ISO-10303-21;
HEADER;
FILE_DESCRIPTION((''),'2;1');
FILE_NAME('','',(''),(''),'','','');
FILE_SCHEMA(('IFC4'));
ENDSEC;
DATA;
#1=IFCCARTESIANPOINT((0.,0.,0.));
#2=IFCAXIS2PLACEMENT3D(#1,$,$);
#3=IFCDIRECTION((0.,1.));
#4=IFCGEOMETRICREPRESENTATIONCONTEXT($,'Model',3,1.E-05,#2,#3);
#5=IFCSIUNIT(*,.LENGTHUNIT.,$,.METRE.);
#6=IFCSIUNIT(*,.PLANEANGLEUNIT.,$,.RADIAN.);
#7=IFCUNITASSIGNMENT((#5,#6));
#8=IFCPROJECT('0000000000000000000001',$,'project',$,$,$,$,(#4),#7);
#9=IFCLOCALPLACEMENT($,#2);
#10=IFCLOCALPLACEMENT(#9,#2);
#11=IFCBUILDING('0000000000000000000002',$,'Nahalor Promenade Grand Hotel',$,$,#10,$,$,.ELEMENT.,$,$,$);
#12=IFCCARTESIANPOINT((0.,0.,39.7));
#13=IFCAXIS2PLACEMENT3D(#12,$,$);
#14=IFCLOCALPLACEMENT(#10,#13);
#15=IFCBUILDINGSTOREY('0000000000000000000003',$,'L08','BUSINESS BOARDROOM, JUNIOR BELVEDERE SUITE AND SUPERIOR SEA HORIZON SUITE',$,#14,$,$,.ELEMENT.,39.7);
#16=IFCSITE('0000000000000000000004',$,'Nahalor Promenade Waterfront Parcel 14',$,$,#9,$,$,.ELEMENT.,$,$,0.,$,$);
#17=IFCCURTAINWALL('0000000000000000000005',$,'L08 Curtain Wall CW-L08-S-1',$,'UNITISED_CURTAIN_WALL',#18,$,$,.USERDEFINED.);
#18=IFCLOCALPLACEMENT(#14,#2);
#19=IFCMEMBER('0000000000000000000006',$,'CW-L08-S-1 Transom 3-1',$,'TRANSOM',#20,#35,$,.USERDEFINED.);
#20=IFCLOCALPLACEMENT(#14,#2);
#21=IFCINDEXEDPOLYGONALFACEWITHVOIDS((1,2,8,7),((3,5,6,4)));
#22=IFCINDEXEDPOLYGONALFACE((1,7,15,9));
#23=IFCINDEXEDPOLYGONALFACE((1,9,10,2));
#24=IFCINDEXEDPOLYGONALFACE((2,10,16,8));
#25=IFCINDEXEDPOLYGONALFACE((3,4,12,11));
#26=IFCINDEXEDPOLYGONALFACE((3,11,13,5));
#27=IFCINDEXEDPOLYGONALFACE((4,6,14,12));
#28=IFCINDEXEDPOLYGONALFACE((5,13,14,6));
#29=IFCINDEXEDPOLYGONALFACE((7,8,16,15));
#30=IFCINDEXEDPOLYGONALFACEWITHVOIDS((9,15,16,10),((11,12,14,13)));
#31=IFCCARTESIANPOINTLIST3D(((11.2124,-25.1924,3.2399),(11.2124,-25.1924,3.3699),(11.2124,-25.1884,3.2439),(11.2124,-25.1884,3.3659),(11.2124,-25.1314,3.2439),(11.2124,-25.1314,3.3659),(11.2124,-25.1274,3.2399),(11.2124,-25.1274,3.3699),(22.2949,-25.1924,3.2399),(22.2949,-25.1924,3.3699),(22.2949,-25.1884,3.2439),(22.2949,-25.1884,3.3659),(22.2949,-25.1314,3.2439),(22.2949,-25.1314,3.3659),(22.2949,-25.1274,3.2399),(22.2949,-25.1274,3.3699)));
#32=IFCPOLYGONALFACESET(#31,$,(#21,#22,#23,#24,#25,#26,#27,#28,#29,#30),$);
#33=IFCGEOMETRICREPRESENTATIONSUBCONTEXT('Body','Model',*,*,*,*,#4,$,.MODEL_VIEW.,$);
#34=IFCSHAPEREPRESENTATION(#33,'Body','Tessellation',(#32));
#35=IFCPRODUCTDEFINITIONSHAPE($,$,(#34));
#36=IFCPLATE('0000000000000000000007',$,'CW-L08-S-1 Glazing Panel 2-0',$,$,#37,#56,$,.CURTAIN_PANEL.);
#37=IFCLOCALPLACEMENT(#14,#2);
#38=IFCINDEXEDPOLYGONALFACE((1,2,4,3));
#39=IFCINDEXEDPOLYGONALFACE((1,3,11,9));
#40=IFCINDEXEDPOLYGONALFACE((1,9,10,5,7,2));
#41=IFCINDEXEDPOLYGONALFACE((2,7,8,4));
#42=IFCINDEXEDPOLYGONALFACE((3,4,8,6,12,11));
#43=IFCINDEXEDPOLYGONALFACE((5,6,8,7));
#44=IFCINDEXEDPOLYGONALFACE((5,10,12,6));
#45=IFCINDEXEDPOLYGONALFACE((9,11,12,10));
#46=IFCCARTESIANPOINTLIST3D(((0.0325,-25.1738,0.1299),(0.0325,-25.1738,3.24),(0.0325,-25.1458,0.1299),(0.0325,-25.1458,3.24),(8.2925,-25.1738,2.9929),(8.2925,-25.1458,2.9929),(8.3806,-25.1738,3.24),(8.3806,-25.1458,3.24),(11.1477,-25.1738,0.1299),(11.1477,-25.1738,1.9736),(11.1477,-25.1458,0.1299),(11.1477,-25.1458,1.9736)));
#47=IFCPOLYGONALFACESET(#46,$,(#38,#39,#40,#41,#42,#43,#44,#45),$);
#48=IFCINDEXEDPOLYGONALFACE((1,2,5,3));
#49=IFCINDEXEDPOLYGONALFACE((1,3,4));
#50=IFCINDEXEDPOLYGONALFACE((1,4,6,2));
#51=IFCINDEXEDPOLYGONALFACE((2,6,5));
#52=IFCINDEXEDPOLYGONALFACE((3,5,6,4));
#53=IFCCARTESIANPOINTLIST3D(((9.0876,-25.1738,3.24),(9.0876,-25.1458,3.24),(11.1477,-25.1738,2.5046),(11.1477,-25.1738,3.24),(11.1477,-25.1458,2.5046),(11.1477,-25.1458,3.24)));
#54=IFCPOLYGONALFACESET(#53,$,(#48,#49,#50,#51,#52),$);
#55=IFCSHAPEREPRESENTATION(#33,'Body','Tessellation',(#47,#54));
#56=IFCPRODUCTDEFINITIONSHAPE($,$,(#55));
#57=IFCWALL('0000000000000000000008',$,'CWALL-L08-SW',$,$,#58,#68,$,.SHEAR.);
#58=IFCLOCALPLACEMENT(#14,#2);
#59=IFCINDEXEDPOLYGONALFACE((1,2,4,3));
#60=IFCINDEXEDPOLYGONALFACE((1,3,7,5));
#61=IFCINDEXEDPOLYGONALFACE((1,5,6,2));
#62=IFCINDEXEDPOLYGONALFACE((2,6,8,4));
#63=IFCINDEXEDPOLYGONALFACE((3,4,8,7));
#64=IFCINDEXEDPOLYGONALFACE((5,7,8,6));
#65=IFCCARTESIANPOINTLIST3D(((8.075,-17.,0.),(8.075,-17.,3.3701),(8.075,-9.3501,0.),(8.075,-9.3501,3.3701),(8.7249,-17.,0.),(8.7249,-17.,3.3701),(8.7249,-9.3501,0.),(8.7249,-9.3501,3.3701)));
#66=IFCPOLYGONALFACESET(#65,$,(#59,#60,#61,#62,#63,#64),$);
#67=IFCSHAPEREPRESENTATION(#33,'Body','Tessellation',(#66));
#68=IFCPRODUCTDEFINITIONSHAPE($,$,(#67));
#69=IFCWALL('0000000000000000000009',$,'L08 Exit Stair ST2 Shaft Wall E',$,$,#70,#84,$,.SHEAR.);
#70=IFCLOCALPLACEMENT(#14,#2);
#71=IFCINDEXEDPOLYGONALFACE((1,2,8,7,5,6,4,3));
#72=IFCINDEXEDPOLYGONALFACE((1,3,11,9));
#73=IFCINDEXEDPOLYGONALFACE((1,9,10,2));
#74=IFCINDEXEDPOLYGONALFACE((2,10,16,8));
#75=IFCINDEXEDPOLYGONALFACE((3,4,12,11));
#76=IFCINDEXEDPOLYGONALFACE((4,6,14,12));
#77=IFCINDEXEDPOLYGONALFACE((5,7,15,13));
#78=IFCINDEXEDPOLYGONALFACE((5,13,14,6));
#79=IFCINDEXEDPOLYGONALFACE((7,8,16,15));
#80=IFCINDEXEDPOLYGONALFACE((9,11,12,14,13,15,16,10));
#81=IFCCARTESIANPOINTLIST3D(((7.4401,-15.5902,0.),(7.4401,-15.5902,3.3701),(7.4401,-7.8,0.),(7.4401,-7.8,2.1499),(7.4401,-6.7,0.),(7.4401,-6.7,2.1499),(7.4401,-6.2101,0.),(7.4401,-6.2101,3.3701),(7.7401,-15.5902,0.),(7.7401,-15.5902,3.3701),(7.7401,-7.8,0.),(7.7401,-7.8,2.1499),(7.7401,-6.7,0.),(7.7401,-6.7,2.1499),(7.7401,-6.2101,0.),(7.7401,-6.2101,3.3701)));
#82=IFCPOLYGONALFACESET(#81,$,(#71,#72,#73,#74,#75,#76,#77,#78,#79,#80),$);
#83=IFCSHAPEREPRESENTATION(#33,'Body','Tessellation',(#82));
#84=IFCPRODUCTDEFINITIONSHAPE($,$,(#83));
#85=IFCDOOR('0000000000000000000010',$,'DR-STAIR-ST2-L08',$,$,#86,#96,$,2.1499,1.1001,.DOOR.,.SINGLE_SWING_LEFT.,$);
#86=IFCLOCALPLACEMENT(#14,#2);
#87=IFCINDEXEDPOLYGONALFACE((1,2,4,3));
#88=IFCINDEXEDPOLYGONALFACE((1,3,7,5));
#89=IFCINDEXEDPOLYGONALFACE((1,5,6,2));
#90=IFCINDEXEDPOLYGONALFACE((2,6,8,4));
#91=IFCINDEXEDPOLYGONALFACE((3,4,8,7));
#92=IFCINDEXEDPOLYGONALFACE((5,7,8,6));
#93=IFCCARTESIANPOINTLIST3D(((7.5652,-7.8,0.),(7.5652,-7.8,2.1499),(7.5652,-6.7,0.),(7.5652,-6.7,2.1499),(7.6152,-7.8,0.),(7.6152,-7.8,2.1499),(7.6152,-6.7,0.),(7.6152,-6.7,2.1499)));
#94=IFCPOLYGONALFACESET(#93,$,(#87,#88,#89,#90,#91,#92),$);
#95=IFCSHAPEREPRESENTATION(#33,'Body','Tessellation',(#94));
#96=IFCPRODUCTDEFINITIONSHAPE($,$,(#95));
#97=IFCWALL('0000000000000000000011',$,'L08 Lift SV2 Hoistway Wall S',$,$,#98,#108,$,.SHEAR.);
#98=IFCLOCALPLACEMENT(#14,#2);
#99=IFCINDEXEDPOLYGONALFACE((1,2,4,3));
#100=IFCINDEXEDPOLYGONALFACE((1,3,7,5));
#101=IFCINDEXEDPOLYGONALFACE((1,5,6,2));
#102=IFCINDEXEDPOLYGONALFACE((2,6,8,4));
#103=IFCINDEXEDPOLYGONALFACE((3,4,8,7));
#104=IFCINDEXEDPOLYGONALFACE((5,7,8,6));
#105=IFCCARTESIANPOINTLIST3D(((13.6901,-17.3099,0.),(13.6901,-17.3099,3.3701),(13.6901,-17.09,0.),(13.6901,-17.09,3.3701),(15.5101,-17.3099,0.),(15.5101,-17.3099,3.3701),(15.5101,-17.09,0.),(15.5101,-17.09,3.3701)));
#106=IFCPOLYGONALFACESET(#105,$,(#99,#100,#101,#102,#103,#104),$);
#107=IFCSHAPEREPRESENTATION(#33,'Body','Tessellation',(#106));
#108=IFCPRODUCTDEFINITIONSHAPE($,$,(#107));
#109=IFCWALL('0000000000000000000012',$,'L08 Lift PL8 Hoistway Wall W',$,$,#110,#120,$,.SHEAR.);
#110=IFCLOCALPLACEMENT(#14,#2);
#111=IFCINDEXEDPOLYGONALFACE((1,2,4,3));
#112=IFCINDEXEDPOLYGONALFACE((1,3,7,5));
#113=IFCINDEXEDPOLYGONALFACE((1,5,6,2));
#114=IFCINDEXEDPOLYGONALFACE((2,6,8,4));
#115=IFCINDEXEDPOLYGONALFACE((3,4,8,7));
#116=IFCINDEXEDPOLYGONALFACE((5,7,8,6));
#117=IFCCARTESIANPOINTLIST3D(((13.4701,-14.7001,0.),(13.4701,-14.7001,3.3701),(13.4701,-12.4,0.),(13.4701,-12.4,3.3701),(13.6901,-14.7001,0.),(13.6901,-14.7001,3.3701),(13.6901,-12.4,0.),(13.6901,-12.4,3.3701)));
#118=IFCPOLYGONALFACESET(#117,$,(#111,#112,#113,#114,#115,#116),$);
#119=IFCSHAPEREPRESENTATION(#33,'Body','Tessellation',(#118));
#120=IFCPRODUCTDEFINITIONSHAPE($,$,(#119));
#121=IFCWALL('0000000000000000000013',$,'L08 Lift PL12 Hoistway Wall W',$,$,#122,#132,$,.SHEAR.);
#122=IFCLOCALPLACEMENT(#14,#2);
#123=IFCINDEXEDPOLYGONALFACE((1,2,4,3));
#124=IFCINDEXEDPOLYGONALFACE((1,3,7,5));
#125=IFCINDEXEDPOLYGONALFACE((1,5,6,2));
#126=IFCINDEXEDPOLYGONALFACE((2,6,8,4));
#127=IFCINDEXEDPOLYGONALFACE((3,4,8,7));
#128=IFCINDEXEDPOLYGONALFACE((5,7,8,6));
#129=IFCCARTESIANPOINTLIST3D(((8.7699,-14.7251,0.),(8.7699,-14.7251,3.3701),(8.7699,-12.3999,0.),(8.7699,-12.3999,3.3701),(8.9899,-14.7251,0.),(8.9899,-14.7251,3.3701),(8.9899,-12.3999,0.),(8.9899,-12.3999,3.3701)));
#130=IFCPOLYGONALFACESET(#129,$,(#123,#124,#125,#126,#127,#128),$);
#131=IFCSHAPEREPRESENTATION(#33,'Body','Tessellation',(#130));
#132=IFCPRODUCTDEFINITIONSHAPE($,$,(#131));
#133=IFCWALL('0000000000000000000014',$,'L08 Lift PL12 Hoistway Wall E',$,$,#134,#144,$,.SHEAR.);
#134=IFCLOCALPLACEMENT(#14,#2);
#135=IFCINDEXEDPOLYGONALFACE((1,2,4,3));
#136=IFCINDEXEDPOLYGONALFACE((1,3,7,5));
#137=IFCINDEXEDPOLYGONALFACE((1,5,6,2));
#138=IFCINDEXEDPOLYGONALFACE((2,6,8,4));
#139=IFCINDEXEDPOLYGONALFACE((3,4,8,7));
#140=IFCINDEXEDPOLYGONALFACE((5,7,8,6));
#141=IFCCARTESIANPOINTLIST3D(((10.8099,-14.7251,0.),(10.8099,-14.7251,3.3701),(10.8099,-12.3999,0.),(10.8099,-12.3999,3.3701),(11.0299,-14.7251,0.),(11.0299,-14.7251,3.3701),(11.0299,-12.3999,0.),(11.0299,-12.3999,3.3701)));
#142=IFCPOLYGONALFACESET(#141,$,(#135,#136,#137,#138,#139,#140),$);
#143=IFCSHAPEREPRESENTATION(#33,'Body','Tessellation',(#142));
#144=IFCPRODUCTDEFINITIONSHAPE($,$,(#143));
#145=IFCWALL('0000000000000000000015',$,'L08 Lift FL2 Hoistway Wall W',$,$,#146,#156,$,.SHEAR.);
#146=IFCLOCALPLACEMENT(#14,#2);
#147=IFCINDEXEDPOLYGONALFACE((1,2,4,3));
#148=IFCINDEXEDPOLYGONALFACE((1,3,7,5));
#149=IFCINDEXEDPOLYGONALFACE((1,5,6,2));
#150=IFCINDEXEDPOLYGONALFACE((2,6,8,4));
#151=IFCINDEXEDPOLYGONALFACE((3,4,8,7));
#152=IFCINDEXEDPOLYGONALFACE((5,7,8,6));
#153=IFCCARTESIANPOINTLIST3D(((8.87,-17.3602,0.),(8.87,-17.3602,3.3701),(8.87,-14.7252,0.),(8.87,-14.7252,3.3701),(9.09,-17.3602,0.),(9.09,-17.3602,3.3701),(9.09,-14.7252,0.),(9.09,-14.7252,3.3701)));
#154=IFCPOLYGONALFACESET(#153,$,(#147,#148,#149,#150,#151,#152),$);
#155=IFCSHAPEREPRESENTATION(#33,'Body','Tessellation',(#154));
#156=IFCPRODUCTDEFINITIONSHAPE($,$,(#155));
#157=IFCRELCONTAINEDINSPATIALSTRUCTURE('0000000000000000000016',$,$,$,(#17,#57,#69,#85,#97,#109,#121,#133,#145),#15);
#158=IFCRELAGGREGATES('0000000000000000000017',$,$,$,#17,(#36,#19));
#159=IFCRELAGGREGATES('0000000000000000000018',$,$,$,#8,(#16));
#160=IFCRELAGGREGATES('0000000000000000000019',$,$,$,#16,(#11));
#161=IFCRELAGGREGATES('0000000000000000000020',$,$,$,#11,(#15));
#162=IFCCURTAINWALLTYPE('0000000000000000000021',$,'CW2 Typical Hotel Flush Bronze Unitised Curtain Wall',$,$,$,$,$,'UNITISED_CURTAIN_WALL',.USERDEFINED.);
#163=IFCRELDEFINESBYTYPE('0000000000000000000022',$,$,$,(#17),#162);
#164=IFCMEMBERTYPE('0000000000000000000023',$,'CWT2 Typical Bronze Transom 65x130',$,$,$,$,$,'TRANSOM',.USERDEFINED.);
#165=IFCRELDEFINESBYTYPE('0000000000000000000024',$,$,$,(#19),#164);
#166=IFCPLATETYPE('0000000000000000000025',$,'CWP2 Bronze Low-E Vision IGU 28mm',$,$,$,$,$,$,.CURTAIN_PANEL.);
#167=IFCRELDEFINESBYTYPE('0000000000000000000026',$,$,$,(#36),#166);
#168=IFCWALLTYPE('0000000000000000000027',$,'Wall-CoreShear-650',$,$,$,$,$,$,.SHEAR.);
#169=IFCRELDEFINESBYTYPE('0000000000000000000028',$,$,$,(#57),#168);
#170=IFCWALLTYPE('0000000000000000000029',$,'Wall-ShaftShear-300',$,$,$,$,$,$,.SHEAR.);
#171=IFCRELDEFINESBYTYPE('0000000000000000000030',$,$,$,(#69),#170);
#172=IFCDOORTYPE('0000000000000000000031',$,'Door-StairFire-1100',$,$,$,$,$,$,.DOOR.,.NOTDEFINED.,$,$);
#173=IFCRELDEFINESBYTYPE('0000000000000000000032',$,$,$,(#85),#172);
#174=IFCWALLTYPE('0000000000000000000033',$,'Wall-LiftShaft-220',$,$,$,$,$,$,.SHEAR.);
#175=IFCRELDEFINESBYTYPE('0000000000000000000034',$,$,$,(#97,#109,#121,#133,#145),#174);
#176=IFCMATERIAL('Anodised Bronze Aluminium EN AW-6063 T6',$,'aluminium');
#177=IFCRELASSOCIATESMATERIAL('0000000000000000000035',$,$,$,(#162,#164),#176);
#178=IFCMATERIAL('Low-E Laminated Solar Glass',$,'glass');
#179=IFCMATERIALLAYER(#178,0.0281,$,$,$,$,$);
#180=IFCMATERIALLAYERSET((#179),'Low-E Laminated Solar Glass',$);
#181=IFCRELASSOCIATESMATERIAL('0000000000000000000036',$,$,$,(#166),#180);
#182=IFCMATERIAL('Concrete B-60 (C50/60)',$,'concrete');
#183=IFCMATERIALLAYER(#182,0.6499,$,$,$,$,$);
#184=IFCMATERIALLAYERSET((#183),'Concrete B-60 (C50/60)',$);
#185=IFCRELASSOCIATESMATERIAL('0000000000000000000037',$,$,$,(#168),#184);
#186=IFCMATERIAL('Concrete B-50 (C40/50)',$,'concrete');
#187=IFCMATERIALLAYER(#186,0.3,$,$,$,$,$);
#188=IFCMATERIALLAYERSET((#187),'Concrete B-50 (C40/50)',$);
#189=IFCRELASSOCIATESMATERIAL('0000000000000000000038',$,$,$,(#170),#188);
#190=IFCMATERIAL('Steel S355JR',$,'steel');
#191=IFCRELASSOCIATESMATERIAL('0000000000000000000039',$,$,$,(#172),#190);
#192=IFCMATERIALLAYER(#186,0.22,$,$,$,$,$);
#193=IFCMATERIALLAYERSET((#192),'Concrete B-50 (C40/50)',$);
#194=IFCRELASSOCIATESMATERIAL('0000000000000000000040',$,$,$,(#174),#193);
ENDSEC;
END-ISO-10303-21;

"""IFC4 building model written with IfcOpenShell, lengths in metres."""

from ifc_helpers import new_model, si_unit, direction, frame, frame_2d, origin, origin_2d, place, context, subcontext, project, spatial, polyline, rectangle, hollow_rectangle, outline, extrude, source, transform, mapped, material, layer, layer_set, material_profile, profile_set, type_object, element, fill, aggregate, save


model = new_model("IFC4")

# Units and contexts
model_context = context("Model", 3, precision=1e-05, world=origin(), true_north=direction((0.0, 1.0)))
body_context = subcontext(model_context, "Body", "Model", "MODEL_VIEW")
ifc_project = project(units=[si_unit("LENGTHUNIT", "METRE"), si_unit("PLANEANGLEUNIT", "RADIAN")], contexts=[model_context])

# Site, building, storey
site_placement = place(None, origin())
site = spatial("IfcSite", under=ifc_project, at=site_placement, Name="Nahalor Promenade Waterfront Parcel 14", CompositionType="ELEMENT", RefElevation=0.0)
building_placement = place(site_placement, origin())
building = spatial("IfcBuilding", under=site, at=building_placement, Name="Nahalor Promenade Grand Hotel", CompositionType="ELEMENT")
storey_placement = place(building_placement, frame((0.0, 0.0, 39.7)))
storey = spatial("IfcBuildingStorey", under=building, at=storey_placement, Name="L08", Description="BUSINESS BOARDROOM, JUNIOR BELVEDERE SUITE AND SUPERIOR SEA HORIZON SUITE", CompositionType="ELEMENT", Elevation=39.7)

# Shared definitions
ifc_material_1 = material(Name="Steel S355JR", Category="steel")

# Curtain wall, member, plate
ifc_material_2 = material(Name="Anodised Bronze Aluminium EN AW-6063 T6", Category="aluminium")
curtain_wall_type = type_object("IfcCurtainWallType", Name="CW2 Typical Hotel Flush Bronze Unitised Curtain Wall", ElementType="UNITISED_CURTAIN_WALL", PredefinedType="USERDEFINED", material=ifc_material_2)
curtain_wall_placement = place(storey_placement, origin())
curtain_wall = element("IfcCurtainWall", 1, at=curtain_wall_placement, inside=storey, type_object=curtain_wall_type, Name="L08 Curtain Wall CW-L08-S-1", ObjectType="UNITISED_CURTAIN_WALL", PredefinedType="USERDEFINED")
ifc_material_profile_1 = material_profile(ifc_material_2, hollow_rectangle(XDim=0.065, YDim=0.13, WallThickness=0.004, at=origin_2d()), Name="CWT 65x130x4")
ifc_profile_set_1 = profile_set([ifc_material_profile_1], Name="Anodised Bronze Aluminium EN AW-6063 T6")
member_type_1 = type_object("IfcMemberType", Name="CWT2 Typical Bronze Transom 65x130", ElementType="TRANSOM", PredefinedType="USERDEFINED", material=ifc_profile_set_1)
shared_shape_1 = source(origin(), body_context, "Body", "SweptSolid", [
    extrude(hollow_rectangle(XDim=0.065, YDim=0.13, WallThickness=0.004, at=origin_2d()), origin(), (0.0, 0.0, 1.0), 11.0825),
])
member_1_placement = place(storey_placement, frame((11.2124, -25.1599, 3.3049), z_axis=(1.0, 0.0, 0.0), x_axis=(0.0, 1.0, 0.0)))
member_1 = element("IfcMember", 2, at=member_1_placement, type_object=member_type_1, Name="CW-L08-S-1 Transom 3-1", ObjectType="TRANSOM", PredefinedType="USERDEFINED", context=body_context, shape_type="MappedRepresentation", body=[
    mapped(shared_shape_1, transform((0.0, 0.0, 0.0), scale=1.0)),
])
ifc_material_3 = material(Name="Low-E Laminated Solar Glass", Category="glass")
ifc_layer_1 = layer(ifc_material_3, 0.0281)
ifc_layer_set_1 = layer_set([ifc_layer_1], Name="Low-E Laminated Solar Glass")
plate_type = type_object("IfcPlateType", Name="CWP2 Bronze Low-E Vision IGU 28mm", PredefinedType="CURTAIN_PANEL", material=ifc_layer_set_1)
plate_placement = place(storey_placement, frame((5.5901, -25.1599, 0.1299), z_axis=(0.0, 0.0, 1.0), x_axis=(1.0, 0.0, 0.0)))
plate = element("IfcPlate", 3, at=plate_placement, type_object=plate_type, Name="CW-L08-S-1 Glazing Panel 2-0", PredefinedType="CURTAIN_PANEL", context=body_context, shape_type="SweptSolid", body=[
    extrude(outline(polyline([(-5.5576, 0.0), (5.5576, 0.0), (5.5576, 1.8438), (2.7024, 2.863), (2.7905, 3.1101), (-5.5576, 3.1101), (-5.5576, 0.0)])), frame((0.0, 0.0142, 0.0), z_axis=(0.0, -1.0, 0.0), x_axis=(1.0, 0.0, 0.0)), (0.0, 0.0, 1.0), 0.0281),
    extrude(outline(polyline([(5.5576, 2.3748), (5.5576, 3.1101), (3.4976, 3.1101), (5.5576, 2.3748)])), frame((0.0, 0.0142, 0.0), z_axis=(0.0, -1.0, 0.0), x_axis=(1.0, 0.0, 0.0)), (0.0, 0.0, 1.0), 0.0281),
])
aggregate(curtain_wall, [plate, member_1])

# Wall
ifc_material_4 = material(Name="Concrete B-60 (C50/60)", Category="concrete")
ifc_layer_2 = layer(ifc_material_4, 0.6499)
ifc_layer_set_2 = layer_set([ifc_layer_2], Name="Concrete B-60 (C50/60)")
wall_type_1 = type_object("IfcWallType", Name="Wall-CoreShear-650", PredefinedType="SHEAR", material=ifc_layer_set_2)
shared_shape_2 = source(origin(), body_context, "Body", "SweptSolid", [
    extrude(rectangle(XDim=7.6499, YDim=0.6499, at=frame_2d((3.825, 0.0))), origin(), (0.0, 0.0, 1.0), 3.3701),
])
wall_1_placement = place(storey_placement, frame((8.3999, -17.0, 0.0), z_axis=(0.0, 0.0, 1.0), x_axis=(0.0, 1.0, 0.0)))
element("IfcWall", 4, at=wall_1_placement, inside=storey, type_object=wall_type_1, Name="CWALL-L08-SW", PredefinedType="SHEAR", context=body_context, shape_type="MappedRepresentation", body=[
    mapped(shared_shape_2, transform((0.0, 0.0, 0.0), scale=1.0)),
])

# Wall, opening, door
ifc_material_5 = material(Name="Concrete B-50 (C40/50)", Category="concrete")
ifc_layer_3 = layer(ifc_material_5, 0.3)
ifc_layer_set_3 = layer_set([ifc_layer_3], Name="Concrete B-50 (C40/50)")
wall_type_2 = type_object("IfcWallType", Name="Wall-ShaftShear-300", PredefinedType="SHEAR", material=ifc_layer_set_3)
shared_shape_3 = source(origin(), body_context, "Body", "SweptSolid", [
    extrude(rectangle(XDim=9.3801, YDim=0.3, at=frame_2d((4.6899, 0.0))), origin(), (0.0, 0.0, 1.0), 3.3701),
])
wall_2_placement = place(storey_placement, frame((7.5901, -15.5901, 0.0), z_axis=(0.0, 0.0, 1.0), x_axis=(0.0, 1.0, 0.0)))
wall_2 = element("IfcWall", 5, at=wall_2_placement, inside=storey, type_object=wall_type_2, Name="L08 Exit Stair ST2 Shaft Wall E", PredefinedType="SHEAR", context=body_context, shape_type="MappedRepresentation", body=[
    mapped(shared_shape_3, transform((0.0, 0.0, 0.0), scale=1.0)),
])
opening_1_placement = place(wall_2_placement, frame((7.79, 0.0, 0.0)))
opening_1 = element("IfcOpeningElement", 6, at=opening_1_placement, cuts=wall_2, PredefinedType="OPENING", context=body_context, shape_type="SweptSolid", body=[
    extrude(rectangle(XDim=1.1001, YDim=2.1499, at=frame_2d((0.55, 1.075))), frame((0.0, 0.1599, 0.0), z_axis=(0.0, -1.0, 0.0), x_axis=(1.0, 0.0, 0.0)), (0.0, 0.0, 1.0), 0.3201),
])
door_type_1 = type_object("IfcDoorType", Name="Door-StairFire-1100", OperationType="NOTDEFINED", PredefinedType="DOOR", material=ifc_material_1)
shared_shape_4 = source(origin(), body_context, "Body", "SweptSolid", [
    extrude(rectangle(XDim=1.1001, YDim=2.1499, at=frame_2d((0.55, 1.075))), frame((0.0, 0.0249, 0.0), z_axis=(0.0, -1.0, 0.0), x_axis=(1.0, 0.0, 0.0)), (0.0, 0.0, 1.0), 0.05),
])
door_1_placement = place(opening_1_placement, origin())
door_1 = element("IfcDoor", 7, at=door_1_placement, inside=storey, type_object=door_type_1, Name="DR-STAIR-ST2-L08", OperationType="SINGLE_SWING_LEFT", OverallHeight=2.1499, OverallWidth=1.1001, PredefinedType="DOOR", context=body_context, shape_type="MappedRepresentation", body=[
    mapped(shared_shape_4, transform((0.0, 0.0, 0.0), scale=1.0)),
])
fill(opening_1, door_1)

# Walls
ifc_layer_4 = layer(ifc_material_5, 0.22)
ifc_layer_set_4 = layer_set([ifc_layer_4], Name="Concrete B-50 (C40/50)")
wall_type_3 = type_object("IfcWallType", Name="Wall-LiftShaft-220", PredefinedType="SHEAR", material=ifc_layer_set_4)
shared_shape_5 = source(origin(), body_context, "Body", "SweptSolid", [
    extrude(rectangle(XDim=1.8201, YDim=0.22, at=frame_2d((0.9102, 0.0))), origin(), (0.0, 0.0, 1.0), 3.3701),
])
wall_3_placement = place(storey_placement, frame((13.6899, -17.2, 0.0), z_axis=(0.0, 0.0, 1.0), x_axis=(1.0, 0.0, 0.0)))
element("IfcWall", 8, at=wall_3_placement, inside=storey, type_object=wall_type_3, Name="L08 Lift SV2 Hoistway Wall S", PredefinedType="SHEAR", context=body_context, shape_type="MappedRepresentation", body=[
    mapped(shared_shape_5, transform((0.0, 0.0, 0.0), scale=1.0)),
])
shared_shape_6 = source(origin(), body_context, "Body", "SweptSolid", [
    extrude(rectangle(XDim=2.3, YDim=0.22, at=frame_2d((1.1499, 0.0))), origin(), (0.0, 0.0, 1.0), 3.3701),
])
wall_4_placement = place(storey_placement, frame((13.5801, -14.7, 0.0), z_axis=(0.0, 0.0, 1.0), x_axis=(0.0, 1.0, 0.0)))
element("IfcWall", 9, at=wall_4_placement, inside=storey, type_object=wall_type_3, Name="L08 Lift PL8 Hoistway Wall W", PredefinedType="SHEAR", context=body_context, shape_type="MappedRepresentation", body=[
    mapped(shared_shape_6, transform((0.0, 0.0, 0.0), scale=1.0)),
])
shared_shape_7 = source(origin(), body_context, "Body", "SweptSolid", [
    extrude(rectangle(XDim=2.3252, YDim=0.22, at=frame_2d((1.1626, 0.0))), origin(), (0.0, 0.0, 1.0), 3.3701),
])
for number, where, z_axis, x_axis, name in (
    (10, (8.8799, -14.7251, 0.0), (0.0, 0.0, 1.0), (0.0, 1.0, 0.0), "L08 Lift PL12 Hoistway Wall W"),
    (11, (10.9199, -14.7251, 0.0), (0.0, 0.0, 1.0), (0.0, 1.0, 0.0), "L08 Lift PL12 Hoistway Wall E"),
):
    element("IfcWall", number, at=place(storey_placement, frame(where, z_axis=z_axis, x_axis=x_axis)), inside=storey, type_object=wall_type_3, Name=name, PredefinedType="SHEAR", context=body_context, shape_type="MappedRepresentation", body=[
        mapped(shared_shape_7, transform((0.0, 0.0, 0.0), scale=1.0)),
    ])
shared_shape_8 = source(origin(), body_context, "Body", "SweptSolid", [
    extrude(rectangle(XDim=2.635, YDim=0.22, at=frame_2d((1.3174, 0.0))), origin(), (0.0, 0.0, 1.0), 3.3701),
])
wall_5_placement = place(storey_placement, frame((8.98, -17.3601, 0.0), z_axis=(0.0, 0.0, 1.0), x_axis=(0.0, 1.0, 0.0)))
element("IfcWall", 12, at=wall_5_placement, inside=storey, type_object=wall_type_3, Name="L08 Lift FL2 Hoistway Wall W", PredefinedType="SHEAR", context=body_context, shape_type="MappedRepresentation", body=[
    mapped(shared_shape_8, transform((0.0, 0.0, 0.0), scale=1.0)),
])

save(model, "model.ifc")
